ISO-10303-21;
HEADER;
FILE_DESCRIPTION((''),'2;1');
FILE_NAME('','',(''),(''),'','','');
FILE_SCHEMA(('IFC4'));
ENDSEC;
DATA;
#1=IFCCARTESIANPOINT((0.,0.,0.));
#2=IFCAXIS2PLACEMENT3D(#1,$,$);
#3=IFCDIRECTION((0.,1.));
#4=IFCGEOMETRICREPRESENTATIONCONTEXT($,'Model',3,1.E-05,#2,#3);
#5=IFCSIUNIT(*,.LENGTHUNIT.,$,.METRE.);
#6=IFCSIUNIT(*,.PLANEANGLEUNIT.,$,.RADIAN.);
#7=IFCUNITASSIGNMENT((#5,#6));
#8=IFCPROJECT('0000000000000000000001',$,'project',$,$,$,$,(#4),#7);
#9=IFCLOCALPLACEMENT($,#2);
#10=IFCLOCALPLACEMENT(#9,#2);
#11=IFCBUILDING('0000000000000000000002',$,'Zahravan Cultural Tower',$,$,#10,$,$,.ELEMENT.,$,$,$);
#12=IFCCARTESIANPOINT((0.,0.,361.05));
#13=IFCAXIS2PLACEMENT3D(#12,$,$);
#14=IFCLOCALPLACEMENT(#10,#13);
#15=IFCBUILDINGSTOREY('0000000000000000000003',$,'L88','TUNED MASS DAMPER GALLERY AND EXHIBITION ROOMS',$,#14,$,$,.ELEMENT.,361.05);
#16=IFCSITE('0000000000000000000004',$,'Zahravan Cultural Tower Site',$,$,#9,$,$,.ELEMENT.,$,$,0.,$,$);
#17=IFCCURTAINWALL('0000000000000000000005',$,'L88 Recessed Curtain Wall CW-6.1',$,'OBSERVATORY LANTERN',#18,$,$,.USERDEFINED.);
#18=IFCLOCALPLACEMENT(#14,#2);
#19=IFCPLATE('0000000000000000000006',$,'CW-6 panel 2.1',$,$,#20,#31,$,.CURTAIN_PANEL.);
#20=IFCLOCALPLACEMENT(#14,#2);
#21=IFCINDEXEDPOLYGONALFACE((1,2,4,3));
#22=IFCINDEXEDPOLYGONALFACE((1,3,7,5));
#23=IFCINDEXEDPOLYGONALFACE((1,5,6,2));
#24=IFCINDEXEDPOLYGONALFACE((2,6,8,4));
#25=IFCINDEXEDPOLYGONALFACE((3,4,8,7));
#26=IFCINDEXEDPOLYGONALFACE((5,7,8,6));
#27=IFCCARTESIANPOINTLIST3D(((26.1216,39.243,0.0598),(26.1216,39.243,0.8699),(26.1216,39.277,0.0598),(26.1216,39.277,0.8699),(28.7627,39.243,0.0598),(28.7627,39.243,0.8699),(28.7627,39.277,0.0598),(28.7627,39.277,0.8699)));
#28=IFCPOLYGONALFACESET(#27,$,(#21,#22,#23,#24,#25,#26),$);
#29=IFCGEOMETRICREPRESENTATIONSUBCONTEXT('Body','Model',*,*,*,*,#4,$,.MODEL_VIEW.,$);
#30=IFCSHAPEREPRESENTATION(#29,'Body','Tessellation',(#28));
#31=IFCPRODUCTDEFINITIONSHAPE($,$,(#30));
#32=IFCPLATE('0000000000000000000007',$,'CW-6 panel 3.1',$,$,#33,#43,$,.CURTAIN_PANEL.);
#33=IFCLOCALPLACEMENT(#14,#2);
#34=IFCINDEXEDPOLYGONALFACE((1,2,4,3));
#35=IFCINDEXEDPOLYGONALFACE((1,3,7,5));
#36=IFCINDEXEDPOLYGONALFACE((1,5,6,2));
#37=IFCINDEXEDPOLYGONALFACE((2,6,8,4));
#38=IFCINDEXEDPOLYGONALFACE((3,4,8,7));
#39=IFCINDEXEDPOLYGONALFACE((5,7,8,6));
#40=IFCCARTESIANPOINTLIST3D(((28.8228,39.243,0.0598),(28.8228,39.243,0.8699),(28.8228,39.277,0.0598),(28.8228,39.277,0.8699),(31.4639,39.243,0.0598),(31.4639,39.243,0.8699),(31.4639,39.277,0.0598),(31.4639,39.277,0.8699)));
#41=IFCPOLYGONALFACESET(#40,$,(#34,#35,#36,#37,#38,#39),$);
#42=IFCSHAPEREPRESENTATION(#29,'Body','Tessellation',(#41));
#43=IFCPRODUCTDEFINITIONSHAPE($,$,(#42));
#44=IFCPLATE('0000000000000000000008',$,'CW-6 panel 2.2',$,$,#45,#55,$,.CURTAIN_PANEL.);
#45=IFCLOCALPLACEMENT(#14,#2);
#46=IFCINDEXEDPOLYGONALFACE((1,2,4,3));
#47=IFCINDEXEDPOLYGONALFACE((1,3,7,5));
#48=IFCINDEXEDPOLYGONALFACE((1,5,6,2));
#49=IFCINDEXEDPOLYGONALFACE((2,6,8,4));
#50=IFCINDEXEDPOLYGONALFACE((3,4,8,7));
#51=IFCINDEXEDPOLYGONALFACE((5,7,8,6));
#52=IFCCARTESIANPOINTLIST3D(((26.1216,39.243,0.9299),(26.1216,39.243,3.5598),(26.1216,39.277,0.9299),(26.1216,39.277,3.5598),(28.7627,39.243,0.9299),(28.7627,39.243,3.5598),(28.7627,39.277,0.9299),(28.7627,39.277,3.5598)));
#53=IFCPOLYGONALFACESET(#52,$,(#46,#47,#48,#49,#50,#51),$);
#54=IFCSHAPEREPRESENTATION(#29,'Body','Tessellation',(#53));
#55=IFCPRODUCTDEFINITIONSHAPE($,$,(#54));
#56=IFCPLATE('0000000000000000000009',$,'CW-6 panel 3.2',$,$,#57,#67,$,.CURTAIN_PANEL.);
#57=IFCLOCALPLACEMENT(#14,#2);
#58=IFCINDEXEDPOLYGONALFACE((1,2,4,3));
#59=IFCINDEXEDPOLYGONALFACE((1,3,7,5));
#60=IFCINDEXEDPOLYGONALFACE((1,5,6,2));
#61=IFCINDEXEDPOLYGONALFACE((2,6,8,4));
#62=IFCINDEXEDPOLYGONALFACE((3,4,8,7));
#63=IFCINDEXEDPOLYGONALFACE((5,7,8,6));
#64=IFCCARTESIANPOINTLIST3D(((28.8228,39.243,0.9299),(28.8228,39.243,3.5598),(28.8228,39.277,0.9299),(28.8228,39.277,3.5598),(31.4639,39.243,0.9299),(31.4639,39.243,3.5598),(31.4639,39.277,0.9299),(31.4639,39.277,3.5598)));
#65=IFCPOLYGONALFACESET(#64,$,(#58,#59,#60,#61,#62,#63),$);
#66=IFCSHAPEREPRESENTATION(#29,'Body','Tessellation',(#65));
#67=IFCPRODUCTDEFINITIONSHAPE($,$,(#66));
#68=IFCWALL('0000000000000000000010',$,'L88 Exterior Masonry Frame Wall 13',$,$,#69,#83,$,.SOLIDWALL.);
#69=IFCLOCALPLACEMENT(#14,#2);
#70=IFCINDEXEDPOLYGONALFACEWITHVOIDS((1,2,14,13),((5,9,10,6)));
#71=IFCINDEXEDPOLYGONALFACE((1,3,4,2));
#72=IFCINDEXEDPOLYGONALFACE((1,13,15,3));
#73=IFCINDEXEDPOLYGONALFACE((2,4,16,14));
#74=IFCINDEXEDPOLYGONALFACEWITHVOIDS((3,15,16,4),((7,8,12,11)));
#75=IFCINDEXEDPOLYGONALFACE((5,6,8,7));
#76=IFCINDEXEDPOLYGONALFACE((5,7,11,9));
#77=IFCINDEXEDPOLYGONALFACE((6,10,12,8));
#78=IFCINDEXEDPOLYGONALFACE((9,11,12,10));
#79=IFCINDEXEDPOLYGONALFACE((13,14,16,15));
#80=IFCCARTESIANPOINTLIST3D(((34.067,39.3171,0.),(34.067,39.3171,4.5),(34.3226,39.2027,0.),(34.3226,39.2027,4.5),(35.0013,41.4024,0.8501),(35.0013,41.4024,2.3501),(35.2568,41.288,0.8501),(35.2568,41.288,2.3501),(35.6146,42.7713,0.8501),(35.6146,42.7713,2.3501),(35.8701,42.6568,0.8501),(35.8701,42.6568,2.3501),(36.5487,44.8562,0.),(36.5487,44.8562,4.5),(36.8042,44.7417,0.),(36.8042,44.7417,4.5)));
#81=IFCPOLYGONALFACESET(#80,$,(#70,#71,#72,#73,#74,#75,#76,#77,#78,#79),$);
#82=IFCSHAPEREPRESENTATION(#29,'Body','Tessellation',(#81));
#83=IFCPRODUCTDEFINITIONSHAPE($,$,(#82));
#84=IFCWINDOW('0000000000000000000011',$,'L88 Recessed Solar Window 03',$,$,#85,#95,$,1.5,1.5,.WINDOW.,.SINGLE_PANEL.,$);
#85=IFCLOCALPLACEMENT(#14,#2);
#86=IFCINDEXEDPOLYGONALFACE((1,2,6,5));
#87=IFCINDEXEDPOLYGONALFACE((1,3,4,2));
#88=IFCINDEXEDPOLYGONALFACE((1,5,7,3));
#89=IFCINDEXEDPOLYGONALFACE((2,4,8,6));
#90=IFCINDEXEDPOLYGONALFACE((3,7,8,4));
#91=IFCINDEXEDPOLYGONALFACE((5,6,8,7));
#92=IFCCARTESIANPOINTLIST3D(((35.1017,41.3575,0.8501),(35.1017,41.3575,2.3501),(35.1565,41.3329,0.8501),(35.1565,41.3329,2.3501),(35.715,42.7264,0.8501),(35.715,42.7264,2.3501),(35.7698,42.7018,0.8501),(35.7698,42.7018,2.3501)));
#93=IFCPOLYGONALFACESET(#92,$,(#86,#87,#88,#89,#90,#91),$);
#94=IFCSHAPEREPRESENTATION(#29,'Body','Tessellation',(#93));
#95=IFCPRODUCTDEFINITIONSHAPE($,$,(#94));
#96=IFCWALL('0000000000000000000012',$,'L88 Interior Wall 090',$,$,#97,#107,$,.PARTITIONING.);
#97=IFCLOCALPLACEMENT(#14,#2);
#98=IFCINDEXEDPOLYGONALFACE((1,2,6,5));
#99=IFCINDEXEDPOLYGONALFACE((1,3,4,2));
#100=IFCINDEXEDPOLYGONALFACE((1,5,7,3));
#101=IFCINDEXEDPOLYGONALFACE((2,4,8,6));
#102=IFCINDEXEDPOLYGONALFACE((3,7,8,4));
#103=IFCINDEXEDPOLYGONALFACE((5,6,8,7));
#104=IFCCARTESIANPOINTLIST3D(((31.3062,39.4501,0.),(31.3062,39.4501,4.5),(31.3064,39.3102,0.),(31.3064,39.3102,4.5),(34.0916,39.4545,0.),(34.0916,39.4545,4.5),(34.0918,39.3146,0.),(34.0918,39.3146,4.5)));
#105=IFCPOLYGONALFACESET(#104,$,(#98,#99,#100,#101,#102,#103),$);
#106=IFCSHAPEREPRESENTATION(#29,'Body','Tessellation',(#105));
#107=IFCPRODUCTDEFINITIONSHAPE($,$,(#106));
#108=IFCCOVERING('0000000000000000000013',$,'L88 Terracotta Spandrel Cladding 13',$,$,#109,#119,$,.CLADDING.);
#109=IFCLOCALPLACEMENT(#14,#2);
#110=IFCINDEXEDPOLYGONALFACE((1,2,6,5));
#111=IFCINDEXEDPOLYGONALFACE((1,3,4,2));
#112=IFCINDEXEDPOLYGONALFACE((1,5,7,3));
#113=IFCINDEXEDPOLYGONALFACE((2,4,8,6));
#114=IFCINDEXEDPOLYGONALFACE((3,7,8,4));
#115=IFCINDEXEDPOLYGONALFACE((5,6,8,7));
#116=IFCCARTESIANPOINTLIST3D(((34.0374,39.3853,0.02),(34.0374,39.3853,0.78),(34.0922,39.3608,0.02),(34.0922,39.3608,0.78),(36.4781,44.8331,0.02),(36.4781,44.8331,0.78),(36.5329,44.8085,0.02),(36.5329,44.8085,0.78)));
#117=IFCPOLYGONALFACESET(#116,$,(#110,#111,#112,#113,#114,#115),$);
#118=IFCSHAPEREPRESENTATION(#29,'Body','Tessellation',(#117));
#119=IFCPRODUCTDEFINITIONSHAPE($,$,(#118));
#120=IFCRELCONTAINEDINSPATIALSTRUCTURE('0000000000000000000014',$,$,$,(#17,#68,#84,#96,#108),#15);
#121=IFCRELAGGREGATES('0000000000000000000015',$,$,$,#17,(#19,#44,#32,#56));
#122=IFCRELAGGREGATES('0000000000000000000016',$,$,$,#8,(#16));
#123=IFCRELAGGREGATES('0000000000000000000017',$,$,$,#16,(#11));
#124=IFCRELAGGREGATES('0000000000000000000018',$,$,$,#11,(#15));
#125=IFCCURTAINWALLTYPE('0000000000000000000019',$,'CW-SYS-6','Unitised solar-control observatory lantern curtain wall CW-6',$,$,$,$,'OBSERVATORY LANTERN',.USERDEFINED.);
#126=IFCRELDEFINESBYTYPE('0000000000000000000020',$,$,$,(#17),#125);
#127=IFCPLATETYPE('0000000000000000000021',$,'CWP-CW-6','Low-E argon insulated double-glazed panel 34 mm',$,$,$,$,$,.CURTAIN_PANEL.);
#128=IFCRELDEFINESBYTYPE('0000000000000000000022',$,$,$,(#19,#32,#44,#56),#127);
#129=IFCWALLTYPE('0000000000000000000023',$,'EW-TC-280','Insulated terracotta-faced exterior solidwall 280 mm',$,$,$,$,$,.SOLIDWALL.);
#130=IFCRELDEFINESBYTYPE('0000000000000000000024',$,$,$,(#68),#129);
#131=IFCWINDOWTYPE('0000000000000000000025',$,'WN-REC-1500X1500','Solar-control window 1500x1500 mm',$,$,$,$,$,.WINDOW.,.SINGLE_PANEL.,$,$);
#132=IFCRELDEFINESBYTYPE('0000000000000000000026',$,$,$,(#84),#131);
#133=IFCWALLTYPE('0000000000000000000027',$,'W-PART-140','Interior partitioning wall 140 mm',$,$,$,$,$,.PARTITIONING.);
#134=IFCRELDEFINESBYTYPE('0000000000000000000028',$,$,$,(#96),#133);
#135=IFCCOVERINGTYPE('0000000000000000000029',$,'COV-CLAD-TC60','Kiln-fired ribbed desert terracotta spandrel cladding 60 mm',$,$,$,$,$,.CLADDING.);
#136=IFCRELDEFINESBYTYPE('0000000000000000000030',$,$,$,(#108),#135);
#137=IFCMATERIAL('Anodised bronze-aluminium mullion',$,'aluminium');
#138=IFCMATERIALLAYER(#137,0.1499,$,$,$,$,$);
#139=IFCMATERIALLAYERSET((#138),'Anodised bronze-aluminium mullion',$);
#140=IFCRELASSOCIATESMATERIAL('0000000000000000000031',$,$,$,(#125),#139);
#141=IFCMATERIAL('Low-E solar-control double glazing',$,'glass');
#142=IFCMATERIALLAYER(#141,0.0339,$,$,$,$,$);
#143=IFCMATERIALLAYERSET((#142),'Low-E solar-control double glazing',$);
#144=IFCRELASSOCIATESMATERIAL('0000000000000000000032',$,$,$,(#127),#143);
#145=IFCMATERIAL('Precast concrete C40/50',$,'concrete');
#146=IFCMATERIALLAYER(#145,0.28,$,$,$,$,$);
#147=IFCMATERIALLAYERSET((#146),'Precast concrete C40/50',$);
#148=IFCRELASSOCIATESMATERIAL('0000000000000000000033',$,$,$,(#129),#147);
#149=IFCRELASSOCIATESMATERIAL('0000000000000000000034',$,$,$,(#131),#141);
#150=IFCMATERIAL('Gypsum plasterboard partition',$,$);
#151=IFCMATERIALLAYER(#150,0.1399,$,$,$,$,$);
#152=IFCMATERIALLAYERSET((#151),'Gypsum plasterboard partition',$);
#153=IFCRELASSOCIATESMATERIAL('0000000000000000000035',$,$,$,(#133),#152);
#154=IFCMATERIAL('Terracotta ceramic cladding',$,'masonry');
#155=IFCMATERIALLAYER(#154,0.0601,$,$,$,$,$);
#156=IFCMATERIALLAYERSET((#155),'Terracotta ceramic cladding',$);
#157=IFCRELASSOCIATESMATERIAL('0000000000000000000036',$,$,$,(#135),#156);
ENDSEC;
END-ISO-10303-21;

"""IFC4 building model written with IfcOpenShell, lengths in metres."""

from ifc_helpers import new_model, si_unit, direction, frame, frame_2d, origin, origin_2d, place, context, subcontext, project, spatial, rectangle, extrude, source, transform, mapped, material, layer, layer_set, type_object, element, fill, aggregate, save


model = new_model("IFC4")

# Units and contexts
model_context = context("Model", 3, precision=1e-05, world=origin(), true_north=direction((0.0, 1.0)))
body_context = subcontext(model_context, "Body", "Model", "MODEL_VIEW")
ifc_project = project(units=[si_unit("LENGTHUNIT", "METRE"), si_unit("PLANEANGLEUNIT", "RADIAN")], contexts=[model_context])

# Site, building, storey
site_placement = place(None, origin())
site = spatial("IfcSite", under=ifc_project, at=site_placement, Name="Zahravan Cultural Tower Site", CompositionType="ELEMENT", RefElevation=0.0)
building_placement = place(site_placement, origin())
building = spatial("IfcBuilding", under=site, at=building_placement, Name="Zahravan Cultural Tower", CompositionType="ELEMENT")
storey_placement = place(building_placement, frame((0.0, 0.0, 361.05)))
storey = spatial("IfcBuildingStorey", under=building, at=storey_placement, Name="L88", Description="TUNED MASS DAMPER GALLERY AND EXHIBITION ROOMS", CompositionType="ELEMENT", Elevation=361.05)

# Curtain wall, plates
ifc_material_1 = material(Name="Anodised bronze-aluminium mullion", Category="aluminium")
ifc_layer_1 = layer(ifc_material_1, 0.1499)
ifc_layer_set_1 = layer_set([ifc_layer_1], Name="Anodised bronze-aluminium mullion")
curtain_wall_type = type_object("IfcCurtainWallType", Name="CW-SYS-6", Description="Unitised solar-control observatory lantern curtain wall CW-6", ElementType="OBSERVATORY LANTERN", PredefinedType="USERDEFINED", material=ifc_layer_set_1)
curtain_wall_placement = place(storey_placement, origin())
curtain_wall = element("IfcCurtainWall", 1, at=curtain_wall_placement, inside=storey, type_object=curtain_wall_type, Name="L88 Recessed Curtain Wall CW-6.1", ObjectType="OBSERVATORY LANTERN", PredefinedType="USERDEFINED")
ifc_material_2 = material(Name="Low-E solar-control double glazing", Category="glass")
ifc_layer_2 = layer(ifc_material_2, 0.0339)
ifc_layer_set_2 = layer_set([ifc_layer_2], Name="Low-E solar-control double glazing")
plate_type = type_object("IfcPlateType", Name="CWP-CW-6", Description="Low-E argon insulated double-glazed panel 34 mm", PredefinedType="CURTAIN_PANEL", material=ifc_layer_set_2)
shared_shape_1 = source(origin(), body_context, "Body", "SweptSolid", [
    extrude(rectangle(XDim=2.6411, YDim=0.0339, at=origin_2d()), origin(), (0.0, 0.0, 1.0), 0.8101),
])
plate_1_placement = place(storey_placement, frame((27.4421, 39.26, 0.0598), z_axis=(0.0, 0.0, 1.0), x_axis=(1.0, 0.0, 0.0)))
plate_1 = element("IfcPlate", 2, at=plate_1_placement, type_object=plate_type, Name="CW-6 panel 2.1", PredefinedType="CURTAIN_PANEL", context=body_context, shape_type="MappedRepresentation", body=[
    mapped(shared_shape_1, transform((0.0, 0.0, 0.0), x_axis=(1.0, 0.0, 0.0), y_axis=(0.0, 1.0, 0.0), z_axis=(0.0, 0.0, 1.0), scale=1.0)),
])
plate_2_placement = place(storey_placement, frame((30.1433, 39.26, 0.0598), z_axis=(0.0, 0.0, 1.0), x_axis=(1.0, 0.0, 0.0)))
plate_2 = element("IfcPlate", 3, at=plate_2_placement, type_object=plate_type, Name="CW-6 panel 3.1", PredefinedType="CURTAIN_PANEL", context=body_context, shape_type="MappedRepresentation", body=[
    mapped(shared_shape_1, transform((0.0, 0.0, 0.0), x_axis=(1.0, 0.0, 0.0), y_axis=(0.0, 1.0, 0.0), z_axis=(0.0, 0.0, 1.0), scale=1.0)),
])
shared_shape_2 = source(origin(), body_context, "Body", "SweptSolid", [
    extrude(rectangle(XDim=2.6411, YDim=0.0339, at=origin_2d()), origin(), (0.0, 0.0, 1.0), 2.6299),
])
plate_3_placement = place(storey_placement, frame((27.4421, 39.26, 0.9299), z_axis=(0.0, 0.0, 1.0), x_axis=(1.0, 0.0, 0.0)))
plate_3 = element("IfcPlate", 4, at=plate_3_placement, type_object=plate_type, Name="CW-6 panel 2.2", PredefinedType="CURTAIN_PANEL", context=body_context, shape_type="MappedRepresentation", body=[
    mapped(shared_shape_2, transform((0.0, 0.0, 0.0), x_axis=(1.0, 0.0, 0.0), y_axis=(0.0, 1.0, 0.0), z_axis=(0.0, 0.0, 1.0), scale=1.0)),
])
plate_4_placement = place(storey_placement, frame((30.1433, 39.26, 0.9299), z_axis=(0.0, 0.0, 1.0), x_axis=(1.0, 0.0, 0.0)))
plate_4 = element("IfcPlate", 5, at=plate_4_placement, type_object=plate_type, Name="CW-6 panel 3.2", PredefinedType="CURTAIN_PANEL", context=body_context, shape_type="MappedRepresentation", body=[
    mapped(shared_shape_2, transform((0.0, 0.0, 0.0), x_axis=(1.0, 0.0, 0.0), y_axis=(0.0, 1.0, 0.0), z_axis=(0.0, 0.0, 1.0), scale=1.0)),
])
aggregate(curtain_wall, [plate_1, plate_3, plate_2, plate_4])

# Wall, opening, window
ifc_material_3 = material(Name="Precast concrete C40/50", Category="concrete")
ifc_layer_3 = layer(ifc_material_3, 0.28)
ifc_layer_set_3 = layer_set([ifc_layer_3], Name="Precast concrete C40/50")
wall_type_1 = type_object("IfcWallType", Name="EW-TC-280", Description="Insulated terracotta-faced exterior solidwall 280 mm", PredefinedType="SOLIDWALL", material=ifc_layer_set_3)
wall_1_placement = place(storey_placement, frame((34.1948, 39.26, 0.0), z_axis=(0.0, 0.0, 1.0), x_axis=(0.408872, 0.912592, 0.0)))
wall_1 = element("IfcWall", 6, at=wall_1_placement, inside=storey, type_object=wall_type_1, Name="L88 Exterior Masonry Frame Wall 13", PredefinedType="SOLIDWALL", context=body_context, shape_type="SweptSolid", body=[
    extrude(rectangle(XDim=6.0696, YDim=0.28, at=frame_2d((3.0347, 0.0))), origin(), (0.0, 0.0, 1.0), 4.5),
])
opening_placement = place(wall_1_placement, frame((2.2849, 0.0, 0.8501)))
opening = element("IfcOpeningElement", 7, at=opening_placement, cuts=wall_1, PredefinedType="OPENING", context=body_context, shape_type="SweptSolid", body=[
    extrude(rectangle(XDim=1.5, YDim=1.5, at=frame_2d((0.75, 0.75))), frame((0.0, 0.1499, 0.0), z_axis=(0.0, -1.0, 0.0), x_axis=(1.0, 0.0, 0.0)), (0.0, 0.0, 1.0), 0.3),
])
window_type = type_object("IfcWindowType", Name="WN-REC-1500X1500", Description="Solar-control window 1500x1500 mm", PartitioningType="SINGLE_PANEL", PredefinedType="WINDOW", material=ifc_material_2)
shared_shape_3 = source(origin(), body_context, "Body", "SweptSolid", [
    extrude(rectangle(XDim=1.5, YDim=1.5, at=frame_2d((0.75, 0.75))), frame((0.0, 0.03, 0.0), z_axis=(0.0, -1.0, 0.0), x_axis=(1.0, 0.0, 0.0)), (0.0, 0.0, 1.0), 0.0601),
])
window_placement = place(opening_placement, origin())
window = element("IfcWindow", 8, at=window_placement, inside=storey, type_object=window_type, Name="L88 Recessed Solar Window 03", OverallHeight=1.5, OverallWidth=1.5, PartitioningType="SINGLE_PANEL", PredefinedType="WINDOW", context=body_context, shape_type="MappedRepresentation", body=[
    mapped(shared_shape_3, transform((0.0, 0.0, 0.0), x_axis=(1.0, 0.0, 0.0), y_axis=(0.0, 1.0, 0.0), z_axis=(0.0, 0.0, 1.0), scale=1.0)),
])
fill(opening, window)

# Wall
ifc_material_4 = material(Name="Gypsum plasterboard partition")
ifc_layer_4 = layer(ifc_material_4, 0.1399)
ifc_layer_set_4 = layer_set([ifc_layer_4], Name="Gypsum plasterboard partition")
wall_type_2 = type_object("IfcWallType", Name="W-PART-140", Description="Interior partitioning wall 140 mm", PredefinedType="PARTITIONING", material=ifc_layer_set_4)
shared_shape_4 = source(origin(), body_context, "Body", "SweptSolid", [
    extrude(rectangle(XDim=2.7854, YDim=0.1399, at=frame_2d((1.3926, 0.0))), origin(), (0.0, 0.0, 1.0), 4.5),
])
wall_2_placement = place(storey_placement, frame((31.3064, 39.3801, 0.0), z_axis=(0.0, 0.0, 1.0), x_axis=(0.999999, 0.001578, 0.0)))
element("IfcWall", 9, at=wall_2_placement, inside=storey, type_object=wall_type_2, Name="L88 Interior Wall 090", PredefinedType="PARTITIONING", context=body_context, shape_type="MappedRepresentation", body=[
    mapped(shared_shape_4, transform((0.0, 0.0, 0.0), x_axis=(1.0, 0.0, 0.0), y_axis=(0.0, 1.0, 0.0), z_axis=(0.0, 0.0, 1.0), scale=1.0)),
])

# Covering
ifc_material_5 = material(Name="Terracotta ceramic cladding", Category="masonry")
ifc_layer_5 = layer(ifc_material_5, 0.0601)
ifc_layer_set_5 = layer_set([ifc_layer_5], Name="Terracotta ceramic cladding")
covering_type = type_object("IfcCoveringType", Name="COV-CLAD-TC60", Description="Kiln-fired ribbed desert terracotta spandrel cladding 60 mm", PredefinedType="CLADDING", material=ifc_layer_set_5)
shared_shape_5 = source(origin(), body_context, "Body", "SweptSolid", [
    extrude(rectangle(XDim=5.9695, YDim=0.0601, at=origin_2d()), origin(), (0.0, 0.0, 1.0), 0.76),
])
covering_placement = place(storey_placement, frame((35.2852, 42.0969, 0.02), z_axis=(0.0, 0.0, 1.0), x_axis=(0.408856, 0.912599, 0.0)))
element("IfcCovering", 10, at=covering_placement, inside=storey, type_object=covering_type, Name="L88 Terracotta Spandrel Cladding 13", PredefinedType="CLADDING", context=body_context, shape_type="MappedRepresentation", body=[
    mapped(shared_shape_5, transform((0.0, 0.0, 0.0), x_axis=(1.0, 0.0, 0.0), y_axis=(0.0, 1.0, 0.0), z_axis=(0.0, 0.0, 1.0), scale=1.0)),
])

save(model, "model.ifc")
